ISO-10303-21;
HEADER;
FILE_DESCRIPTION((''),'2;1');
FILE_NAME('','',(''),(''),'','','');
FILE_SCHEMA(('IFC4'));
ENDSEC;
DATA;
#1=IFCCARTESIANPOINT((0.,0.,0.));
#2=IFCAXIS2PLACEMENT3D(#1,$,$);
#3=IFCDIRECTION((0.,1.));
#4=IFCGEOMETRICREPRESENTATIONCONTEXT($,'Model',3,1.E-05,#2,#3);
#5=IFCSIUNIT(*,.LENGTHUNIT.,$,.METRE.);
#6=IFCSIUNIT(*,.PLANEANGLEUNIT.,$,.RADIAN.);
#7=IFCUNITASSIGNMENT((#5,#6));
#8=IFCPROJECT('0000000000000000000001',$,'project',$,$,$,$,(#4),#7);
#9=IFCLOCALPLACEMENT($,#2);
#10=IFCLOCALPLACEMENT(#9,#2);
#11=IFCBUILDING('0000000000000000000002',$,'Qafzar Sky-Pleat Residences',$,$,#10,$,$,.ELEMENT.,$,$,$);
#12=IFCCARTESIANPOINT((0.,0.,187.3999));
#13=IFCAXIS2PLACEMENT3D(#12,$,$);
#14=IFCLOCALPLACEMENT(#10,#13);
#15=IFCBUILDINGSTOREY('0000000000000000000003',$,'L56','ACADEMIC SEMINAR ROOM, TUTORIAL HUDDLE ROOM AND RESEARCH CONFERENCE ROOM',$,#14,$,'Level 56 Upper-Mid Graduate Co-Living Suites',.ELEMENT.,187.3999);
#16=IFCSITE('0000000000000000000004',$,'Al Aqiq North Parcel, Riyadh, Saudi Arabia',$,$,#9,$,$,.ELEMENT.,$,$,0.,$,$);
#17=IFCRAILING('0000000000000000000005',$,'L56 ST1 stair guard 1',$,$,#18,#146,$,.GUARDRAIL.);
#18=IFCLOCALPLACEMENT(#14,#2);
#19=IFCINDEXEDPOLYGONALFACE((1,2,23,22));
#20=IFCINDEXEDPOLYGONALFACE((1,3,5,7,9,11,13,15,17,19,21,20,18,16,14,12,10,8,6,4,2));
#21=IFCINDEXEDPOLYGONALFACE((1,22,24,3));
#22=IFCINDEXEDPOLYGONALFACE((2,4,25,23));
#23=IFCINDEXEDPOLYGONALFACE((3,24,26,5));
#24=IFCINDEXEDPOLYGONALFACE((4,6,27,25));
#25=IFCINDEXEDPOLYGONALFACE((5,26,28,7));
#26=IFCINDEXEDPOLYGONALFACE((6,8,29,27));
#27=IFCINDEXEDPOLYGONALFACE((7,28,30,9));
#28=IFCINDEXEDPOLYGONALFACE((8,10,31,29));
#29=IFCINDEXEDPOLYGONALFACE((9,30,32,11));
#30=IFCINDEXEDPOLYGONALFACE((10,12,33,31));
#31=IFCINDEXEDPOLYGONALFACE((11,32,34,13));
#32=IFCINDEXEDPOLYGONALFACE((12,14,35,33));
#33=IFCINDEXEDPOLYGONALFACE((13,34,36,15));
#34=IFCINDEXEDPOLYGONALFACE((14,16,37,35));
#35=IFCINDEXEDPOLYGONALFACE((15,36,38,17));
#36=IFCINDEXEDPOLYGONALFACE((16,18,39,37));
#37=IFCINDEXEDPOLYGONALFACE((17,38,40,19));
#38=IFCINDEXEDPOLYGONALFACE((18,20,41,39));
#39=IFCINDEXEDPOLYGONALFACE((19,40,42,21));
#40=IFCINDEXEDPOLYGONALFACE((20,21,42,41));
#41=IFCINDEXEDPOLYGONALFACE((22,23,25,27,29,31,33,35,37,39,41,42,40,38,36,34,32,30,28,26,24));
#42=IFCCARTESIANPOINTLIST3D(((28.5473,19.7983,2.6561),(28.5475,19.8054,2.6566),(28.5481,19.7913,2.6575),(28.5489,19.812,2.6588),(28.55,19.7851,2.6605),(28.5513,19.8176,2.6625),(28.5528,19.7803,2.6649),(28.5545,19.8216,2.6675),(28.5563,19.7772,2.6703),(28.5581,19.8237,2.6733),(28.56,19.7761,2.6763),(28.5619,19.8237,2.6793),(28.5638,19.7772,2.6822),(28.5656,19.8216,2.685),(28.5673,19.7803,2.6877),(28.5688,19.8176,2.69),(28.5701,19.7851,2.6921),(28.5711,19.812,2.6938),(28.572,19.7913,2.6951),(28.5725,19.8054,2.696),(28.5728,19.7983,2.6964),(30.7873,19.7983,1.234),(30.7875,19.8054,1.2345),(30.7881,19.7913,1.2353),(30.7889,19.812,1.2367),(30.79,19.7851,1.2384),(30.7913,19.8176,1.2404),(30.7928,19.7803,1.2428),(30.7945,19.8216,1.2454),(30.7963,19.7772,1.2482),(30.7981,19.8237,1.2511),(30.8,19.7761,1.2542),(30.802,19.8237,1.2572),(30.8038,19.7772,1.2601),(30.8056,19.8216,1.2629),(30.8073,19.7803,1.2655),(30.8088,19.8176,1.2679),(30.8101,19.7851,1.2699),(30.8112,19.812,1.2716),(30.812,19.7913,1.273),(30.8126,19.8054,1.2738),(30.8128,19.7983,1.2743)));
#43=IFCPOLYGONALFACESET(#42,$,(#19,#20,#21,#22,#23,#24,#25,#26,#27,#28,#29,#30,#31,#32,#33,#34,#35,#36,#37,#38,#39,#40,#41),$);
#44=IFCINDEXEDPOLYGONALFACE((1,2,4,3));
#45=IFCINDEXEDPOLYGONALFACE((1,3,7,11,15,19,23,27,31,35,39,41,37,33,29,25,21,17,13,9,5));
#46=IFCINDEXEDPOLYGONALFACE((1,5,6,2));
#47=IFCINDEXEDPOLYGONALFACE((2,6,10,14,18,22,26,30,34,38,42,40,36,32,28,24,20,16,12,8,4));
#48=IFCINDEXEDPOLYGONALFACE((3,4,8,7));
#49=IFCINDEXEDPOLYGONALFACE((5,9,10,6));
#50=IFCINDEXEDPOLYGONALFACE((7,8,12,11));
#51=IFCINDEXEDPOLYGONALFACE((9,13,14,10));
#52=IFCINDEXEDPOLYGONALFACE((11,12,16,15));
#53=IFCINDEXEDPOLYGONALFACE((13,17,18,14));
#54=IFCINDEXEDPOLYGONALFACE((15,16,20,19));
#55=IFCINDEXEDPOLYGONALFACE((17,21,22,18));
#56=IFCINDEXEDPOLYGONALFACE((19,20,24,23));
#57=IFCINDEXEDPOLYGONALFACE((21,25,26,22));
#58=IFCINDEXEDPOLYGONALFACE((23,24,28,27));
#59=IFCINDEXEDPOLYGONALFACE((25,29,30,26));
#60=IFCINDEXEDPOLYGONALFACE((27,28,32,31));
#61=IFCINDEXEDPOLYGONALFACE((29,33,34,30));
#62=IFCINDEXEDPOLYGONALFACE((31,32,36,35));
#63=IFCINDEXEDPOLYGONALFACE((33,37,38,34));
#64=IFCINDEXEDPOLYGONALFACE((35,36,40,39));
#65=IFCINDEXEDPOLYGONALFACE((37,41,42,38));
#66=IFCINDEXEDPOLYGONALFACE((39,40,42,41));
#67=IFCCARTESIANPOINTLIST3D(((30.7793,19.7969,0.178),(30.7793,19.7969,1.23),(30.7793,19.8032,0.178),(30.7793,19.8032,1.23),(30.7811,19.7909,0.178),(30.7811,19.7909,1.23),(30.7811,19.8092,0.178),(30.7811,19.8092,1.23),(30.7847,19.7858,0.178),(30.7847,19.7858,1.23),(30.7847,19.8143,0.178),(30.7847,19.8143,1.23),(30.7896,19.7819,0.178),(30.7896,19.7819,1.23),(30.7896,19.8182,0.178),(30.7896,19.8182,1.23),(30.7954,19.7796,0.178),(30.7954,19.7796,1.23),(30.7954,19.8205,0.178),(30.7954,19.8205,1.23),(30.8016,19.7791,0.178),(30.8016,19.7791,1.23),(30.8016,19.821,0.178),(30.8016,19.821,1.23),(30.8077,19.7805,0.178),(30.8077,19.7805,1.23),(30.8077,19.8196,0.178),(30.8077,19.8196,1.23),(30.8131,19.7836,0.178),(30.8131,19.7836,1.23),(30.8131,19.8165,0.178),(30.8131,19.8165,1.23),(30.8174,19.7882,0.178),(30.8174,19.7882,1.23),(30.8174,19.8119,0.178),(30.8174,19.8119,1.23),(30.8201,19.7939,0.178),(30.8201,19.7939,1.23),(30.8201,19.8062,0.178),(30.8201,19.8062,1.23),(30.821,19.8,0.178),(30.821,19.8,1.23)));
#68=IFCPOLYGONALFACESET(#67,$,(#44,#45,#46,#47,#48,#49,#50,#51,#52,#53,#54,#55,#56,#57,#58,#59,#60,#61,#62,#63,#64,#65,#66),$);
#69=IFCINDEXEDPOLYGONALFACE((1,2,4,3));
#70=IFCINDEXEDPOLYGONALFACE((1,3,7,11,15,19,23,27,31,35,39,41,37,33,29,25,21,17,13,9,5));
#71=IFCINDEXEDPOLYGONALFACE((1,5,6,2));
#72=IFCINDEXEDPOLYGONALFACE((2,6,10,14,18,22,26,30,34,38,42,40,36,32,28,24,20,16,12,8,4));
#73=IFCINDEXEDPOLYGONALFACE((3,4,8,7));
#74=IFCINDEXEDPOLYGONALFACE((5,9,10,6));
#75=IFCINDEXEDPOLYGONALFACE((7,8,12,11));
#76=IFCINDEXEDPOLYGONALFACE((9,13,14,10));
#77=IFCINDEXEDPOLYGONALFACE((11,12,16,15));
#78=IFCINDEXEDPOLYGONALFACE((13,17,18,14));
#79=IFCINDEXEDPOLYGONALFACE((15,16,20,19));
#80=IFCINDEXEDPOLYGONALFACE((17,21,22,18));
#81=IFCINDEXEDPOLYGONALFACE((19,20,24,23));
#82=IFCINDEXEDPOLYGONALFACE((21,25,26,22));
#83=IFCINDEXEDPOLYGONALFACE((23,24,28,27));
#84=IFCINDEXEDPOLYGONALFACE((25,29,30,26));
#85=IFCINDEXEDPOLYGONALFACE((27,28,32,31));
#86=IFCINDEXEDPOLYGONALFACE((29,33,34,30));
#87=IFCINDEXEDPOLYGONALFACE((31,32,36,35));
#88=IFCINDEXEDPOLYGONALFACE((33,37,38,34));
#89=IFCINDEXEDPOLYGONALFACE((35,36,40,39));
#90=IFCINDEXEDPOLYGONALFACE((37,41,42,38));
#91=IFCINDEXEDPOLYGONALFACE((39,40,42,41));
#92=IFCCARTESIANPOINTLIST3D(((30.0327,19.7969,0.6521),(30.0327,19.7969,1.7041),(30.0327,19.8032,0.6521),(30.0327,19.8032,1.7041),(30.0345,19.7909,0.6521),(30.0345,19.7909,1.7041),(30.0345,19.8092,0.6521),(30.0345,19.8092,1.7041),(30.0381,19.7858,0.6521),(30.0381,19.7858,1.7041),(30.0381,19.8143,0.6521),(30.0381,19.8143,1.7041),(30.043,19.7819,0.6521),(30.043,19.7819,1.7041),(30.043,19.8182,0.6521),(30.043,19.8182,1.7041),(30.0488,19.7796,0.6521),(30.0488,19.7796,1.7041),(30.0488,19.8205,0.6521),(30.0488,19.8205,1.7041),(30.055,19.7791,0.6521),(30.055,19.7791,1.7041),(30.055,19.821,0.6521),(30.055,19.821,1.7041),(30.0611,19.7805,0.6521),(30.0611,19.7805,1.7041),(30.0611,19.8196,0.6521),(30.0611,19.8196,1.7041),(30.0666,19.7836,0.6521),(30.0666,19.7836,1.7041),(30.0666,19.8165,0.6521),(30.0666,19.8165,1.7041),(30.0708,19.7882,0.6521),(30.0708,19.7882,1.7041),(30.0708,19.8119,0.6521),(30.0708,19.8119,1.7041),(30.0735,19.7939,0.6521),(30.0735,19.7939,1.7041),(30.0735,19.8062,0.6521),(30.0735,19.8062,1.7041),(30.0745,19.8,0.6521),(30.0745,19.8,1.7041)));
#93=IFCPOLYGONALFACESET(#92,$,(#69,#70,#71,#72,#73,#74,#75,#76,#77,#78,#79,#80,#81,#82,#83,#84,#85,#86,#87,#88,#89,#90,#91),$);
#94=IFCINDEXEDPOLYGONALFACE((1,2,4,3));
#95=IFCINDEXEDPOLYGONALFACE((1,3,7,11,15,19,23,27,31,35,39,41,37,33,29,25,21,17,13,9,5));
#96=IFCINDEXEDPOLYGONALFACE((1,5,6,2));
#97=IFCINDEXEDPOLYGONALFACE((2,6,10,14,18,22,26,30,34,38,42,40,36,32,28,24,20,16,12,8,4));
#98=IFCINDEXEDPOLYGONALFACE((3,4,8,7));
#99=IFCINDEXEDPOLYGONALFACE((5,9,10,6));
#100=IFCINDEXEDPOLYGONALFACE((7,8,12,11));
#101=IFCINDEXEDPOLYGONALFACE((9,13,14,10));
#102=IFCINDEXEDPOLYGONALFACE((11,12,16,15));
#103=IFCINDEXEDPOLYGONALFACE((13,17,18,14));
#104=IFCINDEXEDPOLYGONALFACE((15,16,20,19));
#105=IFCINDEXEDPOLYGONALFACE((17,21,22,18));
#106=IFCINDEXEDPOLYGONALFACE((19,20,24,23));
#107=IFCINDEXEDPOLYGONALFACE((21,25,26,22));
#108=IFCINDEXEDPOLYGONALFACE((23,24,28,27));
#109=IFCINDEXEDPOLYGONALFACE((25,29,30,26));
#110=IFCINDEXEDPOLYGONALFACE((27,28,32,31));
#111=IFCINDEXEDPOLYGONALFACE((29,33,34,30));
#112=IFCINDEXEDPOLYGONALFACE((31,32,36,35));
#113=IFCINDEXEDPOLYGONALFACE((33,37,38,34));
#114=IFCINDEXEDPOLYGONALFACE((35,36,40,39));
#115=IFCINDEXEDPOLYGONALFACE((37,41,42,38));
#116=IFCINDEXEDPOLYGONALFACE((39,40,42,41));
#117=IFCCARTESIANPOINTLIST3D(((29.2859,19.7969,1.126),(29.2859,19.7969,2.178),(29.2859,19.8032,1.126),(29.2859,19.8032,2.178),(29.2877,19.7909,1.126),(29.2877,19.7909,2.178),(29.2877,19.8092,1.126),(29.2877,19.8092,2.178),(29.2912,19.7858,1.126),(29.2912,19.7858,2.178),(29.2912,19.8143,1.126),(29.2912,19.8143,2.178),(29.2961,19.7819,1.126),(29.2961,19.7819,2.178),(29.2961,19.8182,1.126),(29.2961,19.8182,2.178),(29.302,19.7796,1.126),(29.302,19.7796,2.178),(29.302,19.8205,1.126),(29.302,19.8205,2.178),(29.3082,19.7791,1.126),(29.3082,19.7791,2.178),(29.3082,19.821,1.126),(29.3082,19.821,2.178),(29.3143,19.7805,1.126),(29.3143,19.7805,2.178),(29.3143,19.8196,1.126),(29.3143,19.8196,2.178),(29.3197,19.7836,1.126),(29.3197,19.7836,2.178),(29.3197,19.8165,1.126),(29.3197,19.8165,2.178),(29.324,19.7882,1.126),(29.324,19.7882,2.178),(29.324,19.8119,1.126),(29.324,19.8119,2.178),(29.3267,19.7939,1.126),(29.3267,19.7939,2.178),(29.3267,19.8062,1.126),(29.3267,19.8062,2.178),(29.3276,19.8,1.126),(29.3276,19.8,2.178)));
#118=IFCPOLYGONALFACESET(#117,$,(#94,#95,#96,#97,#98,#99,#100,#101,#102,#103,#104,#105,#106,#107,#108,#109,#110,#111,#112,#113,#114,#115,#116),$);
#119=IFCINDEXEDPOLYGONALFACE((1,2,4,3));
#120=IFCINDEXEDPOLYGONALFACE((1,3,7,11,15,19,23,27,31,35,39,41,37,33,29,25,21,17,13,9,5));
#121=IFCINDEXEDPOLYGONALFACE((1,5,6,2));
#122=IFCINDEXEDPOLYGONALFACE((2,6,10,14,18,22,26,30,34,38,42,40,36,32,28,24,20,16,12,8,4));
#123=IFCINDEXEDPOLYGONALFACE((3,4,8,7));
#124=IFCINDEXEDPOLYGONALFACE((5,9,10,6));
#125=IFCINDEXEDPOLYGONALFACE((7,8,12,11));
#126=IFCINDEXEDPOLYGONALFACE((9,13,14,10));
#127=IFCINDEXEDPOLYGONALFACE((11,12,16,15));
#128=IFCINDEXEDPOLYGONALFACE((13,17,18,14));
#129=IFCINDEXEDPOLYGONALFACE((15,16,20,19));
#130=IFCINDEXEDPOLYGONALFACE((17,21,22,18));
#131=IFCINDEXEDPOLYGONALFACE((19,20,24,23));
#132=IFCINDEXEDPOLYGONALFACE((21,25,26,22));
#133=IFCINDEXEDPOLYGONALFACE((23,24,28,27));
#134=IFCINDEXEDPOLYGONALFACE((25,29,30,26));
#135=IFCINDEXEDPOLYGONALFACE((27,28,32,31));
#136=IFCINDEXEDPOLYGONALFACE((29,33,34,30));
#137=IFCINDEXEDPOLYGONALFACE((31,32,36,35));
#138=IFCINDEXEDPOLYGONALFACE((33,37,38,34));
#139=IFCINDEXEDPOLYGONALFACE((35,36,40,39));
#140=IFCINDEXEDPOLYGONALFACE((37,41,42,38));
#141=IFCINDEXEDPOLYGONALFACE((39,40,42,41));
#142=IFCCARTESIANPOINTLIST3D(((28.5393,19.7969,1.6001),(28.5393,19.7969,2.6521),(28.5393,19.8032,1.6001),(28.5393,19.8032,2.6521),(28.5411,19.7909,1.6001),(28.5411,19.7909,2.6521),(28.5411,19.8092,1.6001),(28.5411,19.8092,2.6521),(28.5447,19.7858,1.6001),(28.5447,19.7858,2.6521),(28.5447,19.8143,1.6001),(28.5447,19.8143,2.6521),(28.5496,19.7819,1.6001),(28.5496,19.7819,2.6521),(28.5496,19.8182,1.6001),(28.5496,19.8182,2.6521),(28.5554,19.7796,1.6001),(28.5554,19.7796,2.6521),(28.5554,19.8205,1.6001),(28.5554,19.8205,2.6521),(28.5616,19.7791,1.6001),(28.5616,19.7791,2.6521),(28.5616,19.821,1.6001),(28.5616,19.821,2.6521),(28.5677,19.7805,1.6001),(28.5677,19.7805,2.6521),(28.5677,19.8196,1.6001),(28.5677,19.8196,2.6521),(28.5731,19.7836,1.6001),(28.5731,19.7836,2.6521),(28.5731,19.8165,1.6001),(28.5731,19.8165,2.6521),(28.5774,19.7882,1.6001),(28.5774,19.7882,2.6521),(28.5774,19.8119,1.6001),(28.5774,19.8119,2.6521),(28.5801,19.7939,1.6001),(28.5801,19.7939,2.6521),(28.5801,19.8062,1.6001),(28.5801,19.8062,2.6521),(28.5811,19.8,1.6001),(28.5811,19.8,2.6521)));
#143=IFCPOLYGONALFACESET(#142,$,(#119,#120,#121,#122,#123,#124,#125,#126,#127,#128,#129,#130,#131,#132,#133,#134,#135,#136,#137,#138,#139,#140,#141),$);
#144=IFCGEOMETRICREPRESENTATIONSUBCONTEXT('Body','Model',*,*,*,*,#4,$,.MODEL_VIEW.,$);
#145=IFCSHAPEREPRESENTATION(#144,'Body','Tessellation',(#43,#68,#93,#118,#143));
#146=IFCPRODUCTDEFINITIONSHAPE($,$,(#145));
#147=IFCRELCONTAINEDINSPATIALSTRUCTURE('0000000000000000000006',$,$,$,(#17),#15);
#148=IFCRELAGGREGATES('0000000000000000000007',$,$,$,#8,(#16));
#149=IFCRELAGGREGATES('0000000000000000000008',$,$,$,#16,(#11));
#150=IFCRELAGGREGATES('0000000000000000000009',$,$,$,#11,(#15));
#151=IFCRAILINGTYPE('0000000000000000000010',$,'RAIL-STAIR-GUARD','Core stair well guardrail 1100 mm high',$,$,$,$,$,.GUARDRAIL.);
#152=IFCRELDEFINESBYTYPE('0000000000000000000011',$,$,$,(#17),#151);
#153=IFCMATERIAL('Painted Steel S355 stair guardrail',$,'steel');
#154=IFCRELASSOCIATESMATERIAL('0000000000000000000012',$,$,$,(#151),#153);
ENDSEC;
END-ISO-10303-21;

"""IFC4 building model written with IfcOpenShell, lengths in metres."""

from ifc_helpers import new_model, si_unit, direction, frame, origin, origin_2d, place, context, subcontext, project, spatial, circle, extrude, source, transform, mapped, material, type_object, element, save


model = new_model("IFC4")

# Units and contexts
model_context = context("Model", 3, precision=1e-05, world=origin(), true_north=direction((0.0, 1.0)))
body_context = subcontext(model_context, "Body", "Model", "MODEL_VIEW")
ifc_project = project(units=[si_unit("LENGTHUNIT", "METRE"), si_unit("PLANEANGLEUNIT", "RADIAN")], contexts=[model_context])

# Site, building, storey
site_placement = place(None, origin())
site = spatial("IfcSite", under=ifc_project, at=site_placement, Name="Al Aqiq North Parcel, Riyadh, Saudi Arabia", CompositionType="ELEMENT", RefElevation=0.0)
building_placement = place(site_placement, origin())
building = spatial("IfcBuilding", under=site, at=building_placement, Name="Qafzar Sky-Pleat Residences", CompositionType="ELEMENT")
storey_placement = place(building_placement, frame((0.0, 0.0, 187.3999)))
storey = spatial("IfcBuildingStorey", under=building, at=storey_placement, Name="L56", Description="ACADEMIC SEMINAR ROOM, TUTORIAL HUDDLE ROOM AND RESEARCH CONFERENCE ROOM", LongName="Level 56 Upper-Mid Graduate Co-Living Suites", CompositionType="ELEMENT", Elevation=187.3999)

# Railing
ifc_material_1 = material(Name="Painted Steel S355 stair guardrail", Category="steel")
railing_type_1 = type_object("IfcRailingType", Name="RAIL-STAIR-GUARD", Description="Core stair well guardrail 1100 mm high", PredefinedType="GUARDRAIL", material=ifc_material_1)
shared_shape_1 = source(origin(), body_context, "Body", "SweptSolid", [
    extrude(circle(Radius=0.0239, at=origin_2d()), frame((0.0, 0.0, 1.0762), z_axis=(-0.844229, 0.0, 0.535982), x_axis=(0.0, -1.0, 0.0)), (0.0, 0.0, 1.0), 2.6533),
    extrude(circle(Radius=0.021, at=origin_2d()), origin(), (0.0, 0.0, 1.0), 1.052),
    extrude(circle(Radius=0.021, at=origin_2d()), frame((-0.7466, 0.0, 0.4741)), (0.0, 0.0, 1.0), 1.052),
    extrude(circle(Radius=0.021, at=origin_2d()), frame((-1.4934, 0.0, 0.948)), (0.0, 0.0, 1.0), 1.052),
    extrude(circle(Radius=0.021, at=origin_2d()), frame((-2.24, 0.0, 1.4221)), (0.0, 0.0, 1.0), 1.052),
])
railing_1_placement = place(storey_placement, frame((30.8, 19.8, 0.178)))
element("IfcRailing", 1, at=railing_1_placement, inside=storey, type_object=railing_type_1, Name="L56 ST1 stair guard 1", PredefinedType="GUARDRAIL", context=body_context, shape_type="MappedRepresentation", body=[
    mapped(shared_shape_1, transform((0.0, 0.0, 0.0), x_axis=(1.0, 0.0, 0.0), y_axis=(0.0, 1.0, 0.0), z_axis=(0.0, 0.0, 1.0), scale=1.0)),
])

save(model, "model.ifc")
